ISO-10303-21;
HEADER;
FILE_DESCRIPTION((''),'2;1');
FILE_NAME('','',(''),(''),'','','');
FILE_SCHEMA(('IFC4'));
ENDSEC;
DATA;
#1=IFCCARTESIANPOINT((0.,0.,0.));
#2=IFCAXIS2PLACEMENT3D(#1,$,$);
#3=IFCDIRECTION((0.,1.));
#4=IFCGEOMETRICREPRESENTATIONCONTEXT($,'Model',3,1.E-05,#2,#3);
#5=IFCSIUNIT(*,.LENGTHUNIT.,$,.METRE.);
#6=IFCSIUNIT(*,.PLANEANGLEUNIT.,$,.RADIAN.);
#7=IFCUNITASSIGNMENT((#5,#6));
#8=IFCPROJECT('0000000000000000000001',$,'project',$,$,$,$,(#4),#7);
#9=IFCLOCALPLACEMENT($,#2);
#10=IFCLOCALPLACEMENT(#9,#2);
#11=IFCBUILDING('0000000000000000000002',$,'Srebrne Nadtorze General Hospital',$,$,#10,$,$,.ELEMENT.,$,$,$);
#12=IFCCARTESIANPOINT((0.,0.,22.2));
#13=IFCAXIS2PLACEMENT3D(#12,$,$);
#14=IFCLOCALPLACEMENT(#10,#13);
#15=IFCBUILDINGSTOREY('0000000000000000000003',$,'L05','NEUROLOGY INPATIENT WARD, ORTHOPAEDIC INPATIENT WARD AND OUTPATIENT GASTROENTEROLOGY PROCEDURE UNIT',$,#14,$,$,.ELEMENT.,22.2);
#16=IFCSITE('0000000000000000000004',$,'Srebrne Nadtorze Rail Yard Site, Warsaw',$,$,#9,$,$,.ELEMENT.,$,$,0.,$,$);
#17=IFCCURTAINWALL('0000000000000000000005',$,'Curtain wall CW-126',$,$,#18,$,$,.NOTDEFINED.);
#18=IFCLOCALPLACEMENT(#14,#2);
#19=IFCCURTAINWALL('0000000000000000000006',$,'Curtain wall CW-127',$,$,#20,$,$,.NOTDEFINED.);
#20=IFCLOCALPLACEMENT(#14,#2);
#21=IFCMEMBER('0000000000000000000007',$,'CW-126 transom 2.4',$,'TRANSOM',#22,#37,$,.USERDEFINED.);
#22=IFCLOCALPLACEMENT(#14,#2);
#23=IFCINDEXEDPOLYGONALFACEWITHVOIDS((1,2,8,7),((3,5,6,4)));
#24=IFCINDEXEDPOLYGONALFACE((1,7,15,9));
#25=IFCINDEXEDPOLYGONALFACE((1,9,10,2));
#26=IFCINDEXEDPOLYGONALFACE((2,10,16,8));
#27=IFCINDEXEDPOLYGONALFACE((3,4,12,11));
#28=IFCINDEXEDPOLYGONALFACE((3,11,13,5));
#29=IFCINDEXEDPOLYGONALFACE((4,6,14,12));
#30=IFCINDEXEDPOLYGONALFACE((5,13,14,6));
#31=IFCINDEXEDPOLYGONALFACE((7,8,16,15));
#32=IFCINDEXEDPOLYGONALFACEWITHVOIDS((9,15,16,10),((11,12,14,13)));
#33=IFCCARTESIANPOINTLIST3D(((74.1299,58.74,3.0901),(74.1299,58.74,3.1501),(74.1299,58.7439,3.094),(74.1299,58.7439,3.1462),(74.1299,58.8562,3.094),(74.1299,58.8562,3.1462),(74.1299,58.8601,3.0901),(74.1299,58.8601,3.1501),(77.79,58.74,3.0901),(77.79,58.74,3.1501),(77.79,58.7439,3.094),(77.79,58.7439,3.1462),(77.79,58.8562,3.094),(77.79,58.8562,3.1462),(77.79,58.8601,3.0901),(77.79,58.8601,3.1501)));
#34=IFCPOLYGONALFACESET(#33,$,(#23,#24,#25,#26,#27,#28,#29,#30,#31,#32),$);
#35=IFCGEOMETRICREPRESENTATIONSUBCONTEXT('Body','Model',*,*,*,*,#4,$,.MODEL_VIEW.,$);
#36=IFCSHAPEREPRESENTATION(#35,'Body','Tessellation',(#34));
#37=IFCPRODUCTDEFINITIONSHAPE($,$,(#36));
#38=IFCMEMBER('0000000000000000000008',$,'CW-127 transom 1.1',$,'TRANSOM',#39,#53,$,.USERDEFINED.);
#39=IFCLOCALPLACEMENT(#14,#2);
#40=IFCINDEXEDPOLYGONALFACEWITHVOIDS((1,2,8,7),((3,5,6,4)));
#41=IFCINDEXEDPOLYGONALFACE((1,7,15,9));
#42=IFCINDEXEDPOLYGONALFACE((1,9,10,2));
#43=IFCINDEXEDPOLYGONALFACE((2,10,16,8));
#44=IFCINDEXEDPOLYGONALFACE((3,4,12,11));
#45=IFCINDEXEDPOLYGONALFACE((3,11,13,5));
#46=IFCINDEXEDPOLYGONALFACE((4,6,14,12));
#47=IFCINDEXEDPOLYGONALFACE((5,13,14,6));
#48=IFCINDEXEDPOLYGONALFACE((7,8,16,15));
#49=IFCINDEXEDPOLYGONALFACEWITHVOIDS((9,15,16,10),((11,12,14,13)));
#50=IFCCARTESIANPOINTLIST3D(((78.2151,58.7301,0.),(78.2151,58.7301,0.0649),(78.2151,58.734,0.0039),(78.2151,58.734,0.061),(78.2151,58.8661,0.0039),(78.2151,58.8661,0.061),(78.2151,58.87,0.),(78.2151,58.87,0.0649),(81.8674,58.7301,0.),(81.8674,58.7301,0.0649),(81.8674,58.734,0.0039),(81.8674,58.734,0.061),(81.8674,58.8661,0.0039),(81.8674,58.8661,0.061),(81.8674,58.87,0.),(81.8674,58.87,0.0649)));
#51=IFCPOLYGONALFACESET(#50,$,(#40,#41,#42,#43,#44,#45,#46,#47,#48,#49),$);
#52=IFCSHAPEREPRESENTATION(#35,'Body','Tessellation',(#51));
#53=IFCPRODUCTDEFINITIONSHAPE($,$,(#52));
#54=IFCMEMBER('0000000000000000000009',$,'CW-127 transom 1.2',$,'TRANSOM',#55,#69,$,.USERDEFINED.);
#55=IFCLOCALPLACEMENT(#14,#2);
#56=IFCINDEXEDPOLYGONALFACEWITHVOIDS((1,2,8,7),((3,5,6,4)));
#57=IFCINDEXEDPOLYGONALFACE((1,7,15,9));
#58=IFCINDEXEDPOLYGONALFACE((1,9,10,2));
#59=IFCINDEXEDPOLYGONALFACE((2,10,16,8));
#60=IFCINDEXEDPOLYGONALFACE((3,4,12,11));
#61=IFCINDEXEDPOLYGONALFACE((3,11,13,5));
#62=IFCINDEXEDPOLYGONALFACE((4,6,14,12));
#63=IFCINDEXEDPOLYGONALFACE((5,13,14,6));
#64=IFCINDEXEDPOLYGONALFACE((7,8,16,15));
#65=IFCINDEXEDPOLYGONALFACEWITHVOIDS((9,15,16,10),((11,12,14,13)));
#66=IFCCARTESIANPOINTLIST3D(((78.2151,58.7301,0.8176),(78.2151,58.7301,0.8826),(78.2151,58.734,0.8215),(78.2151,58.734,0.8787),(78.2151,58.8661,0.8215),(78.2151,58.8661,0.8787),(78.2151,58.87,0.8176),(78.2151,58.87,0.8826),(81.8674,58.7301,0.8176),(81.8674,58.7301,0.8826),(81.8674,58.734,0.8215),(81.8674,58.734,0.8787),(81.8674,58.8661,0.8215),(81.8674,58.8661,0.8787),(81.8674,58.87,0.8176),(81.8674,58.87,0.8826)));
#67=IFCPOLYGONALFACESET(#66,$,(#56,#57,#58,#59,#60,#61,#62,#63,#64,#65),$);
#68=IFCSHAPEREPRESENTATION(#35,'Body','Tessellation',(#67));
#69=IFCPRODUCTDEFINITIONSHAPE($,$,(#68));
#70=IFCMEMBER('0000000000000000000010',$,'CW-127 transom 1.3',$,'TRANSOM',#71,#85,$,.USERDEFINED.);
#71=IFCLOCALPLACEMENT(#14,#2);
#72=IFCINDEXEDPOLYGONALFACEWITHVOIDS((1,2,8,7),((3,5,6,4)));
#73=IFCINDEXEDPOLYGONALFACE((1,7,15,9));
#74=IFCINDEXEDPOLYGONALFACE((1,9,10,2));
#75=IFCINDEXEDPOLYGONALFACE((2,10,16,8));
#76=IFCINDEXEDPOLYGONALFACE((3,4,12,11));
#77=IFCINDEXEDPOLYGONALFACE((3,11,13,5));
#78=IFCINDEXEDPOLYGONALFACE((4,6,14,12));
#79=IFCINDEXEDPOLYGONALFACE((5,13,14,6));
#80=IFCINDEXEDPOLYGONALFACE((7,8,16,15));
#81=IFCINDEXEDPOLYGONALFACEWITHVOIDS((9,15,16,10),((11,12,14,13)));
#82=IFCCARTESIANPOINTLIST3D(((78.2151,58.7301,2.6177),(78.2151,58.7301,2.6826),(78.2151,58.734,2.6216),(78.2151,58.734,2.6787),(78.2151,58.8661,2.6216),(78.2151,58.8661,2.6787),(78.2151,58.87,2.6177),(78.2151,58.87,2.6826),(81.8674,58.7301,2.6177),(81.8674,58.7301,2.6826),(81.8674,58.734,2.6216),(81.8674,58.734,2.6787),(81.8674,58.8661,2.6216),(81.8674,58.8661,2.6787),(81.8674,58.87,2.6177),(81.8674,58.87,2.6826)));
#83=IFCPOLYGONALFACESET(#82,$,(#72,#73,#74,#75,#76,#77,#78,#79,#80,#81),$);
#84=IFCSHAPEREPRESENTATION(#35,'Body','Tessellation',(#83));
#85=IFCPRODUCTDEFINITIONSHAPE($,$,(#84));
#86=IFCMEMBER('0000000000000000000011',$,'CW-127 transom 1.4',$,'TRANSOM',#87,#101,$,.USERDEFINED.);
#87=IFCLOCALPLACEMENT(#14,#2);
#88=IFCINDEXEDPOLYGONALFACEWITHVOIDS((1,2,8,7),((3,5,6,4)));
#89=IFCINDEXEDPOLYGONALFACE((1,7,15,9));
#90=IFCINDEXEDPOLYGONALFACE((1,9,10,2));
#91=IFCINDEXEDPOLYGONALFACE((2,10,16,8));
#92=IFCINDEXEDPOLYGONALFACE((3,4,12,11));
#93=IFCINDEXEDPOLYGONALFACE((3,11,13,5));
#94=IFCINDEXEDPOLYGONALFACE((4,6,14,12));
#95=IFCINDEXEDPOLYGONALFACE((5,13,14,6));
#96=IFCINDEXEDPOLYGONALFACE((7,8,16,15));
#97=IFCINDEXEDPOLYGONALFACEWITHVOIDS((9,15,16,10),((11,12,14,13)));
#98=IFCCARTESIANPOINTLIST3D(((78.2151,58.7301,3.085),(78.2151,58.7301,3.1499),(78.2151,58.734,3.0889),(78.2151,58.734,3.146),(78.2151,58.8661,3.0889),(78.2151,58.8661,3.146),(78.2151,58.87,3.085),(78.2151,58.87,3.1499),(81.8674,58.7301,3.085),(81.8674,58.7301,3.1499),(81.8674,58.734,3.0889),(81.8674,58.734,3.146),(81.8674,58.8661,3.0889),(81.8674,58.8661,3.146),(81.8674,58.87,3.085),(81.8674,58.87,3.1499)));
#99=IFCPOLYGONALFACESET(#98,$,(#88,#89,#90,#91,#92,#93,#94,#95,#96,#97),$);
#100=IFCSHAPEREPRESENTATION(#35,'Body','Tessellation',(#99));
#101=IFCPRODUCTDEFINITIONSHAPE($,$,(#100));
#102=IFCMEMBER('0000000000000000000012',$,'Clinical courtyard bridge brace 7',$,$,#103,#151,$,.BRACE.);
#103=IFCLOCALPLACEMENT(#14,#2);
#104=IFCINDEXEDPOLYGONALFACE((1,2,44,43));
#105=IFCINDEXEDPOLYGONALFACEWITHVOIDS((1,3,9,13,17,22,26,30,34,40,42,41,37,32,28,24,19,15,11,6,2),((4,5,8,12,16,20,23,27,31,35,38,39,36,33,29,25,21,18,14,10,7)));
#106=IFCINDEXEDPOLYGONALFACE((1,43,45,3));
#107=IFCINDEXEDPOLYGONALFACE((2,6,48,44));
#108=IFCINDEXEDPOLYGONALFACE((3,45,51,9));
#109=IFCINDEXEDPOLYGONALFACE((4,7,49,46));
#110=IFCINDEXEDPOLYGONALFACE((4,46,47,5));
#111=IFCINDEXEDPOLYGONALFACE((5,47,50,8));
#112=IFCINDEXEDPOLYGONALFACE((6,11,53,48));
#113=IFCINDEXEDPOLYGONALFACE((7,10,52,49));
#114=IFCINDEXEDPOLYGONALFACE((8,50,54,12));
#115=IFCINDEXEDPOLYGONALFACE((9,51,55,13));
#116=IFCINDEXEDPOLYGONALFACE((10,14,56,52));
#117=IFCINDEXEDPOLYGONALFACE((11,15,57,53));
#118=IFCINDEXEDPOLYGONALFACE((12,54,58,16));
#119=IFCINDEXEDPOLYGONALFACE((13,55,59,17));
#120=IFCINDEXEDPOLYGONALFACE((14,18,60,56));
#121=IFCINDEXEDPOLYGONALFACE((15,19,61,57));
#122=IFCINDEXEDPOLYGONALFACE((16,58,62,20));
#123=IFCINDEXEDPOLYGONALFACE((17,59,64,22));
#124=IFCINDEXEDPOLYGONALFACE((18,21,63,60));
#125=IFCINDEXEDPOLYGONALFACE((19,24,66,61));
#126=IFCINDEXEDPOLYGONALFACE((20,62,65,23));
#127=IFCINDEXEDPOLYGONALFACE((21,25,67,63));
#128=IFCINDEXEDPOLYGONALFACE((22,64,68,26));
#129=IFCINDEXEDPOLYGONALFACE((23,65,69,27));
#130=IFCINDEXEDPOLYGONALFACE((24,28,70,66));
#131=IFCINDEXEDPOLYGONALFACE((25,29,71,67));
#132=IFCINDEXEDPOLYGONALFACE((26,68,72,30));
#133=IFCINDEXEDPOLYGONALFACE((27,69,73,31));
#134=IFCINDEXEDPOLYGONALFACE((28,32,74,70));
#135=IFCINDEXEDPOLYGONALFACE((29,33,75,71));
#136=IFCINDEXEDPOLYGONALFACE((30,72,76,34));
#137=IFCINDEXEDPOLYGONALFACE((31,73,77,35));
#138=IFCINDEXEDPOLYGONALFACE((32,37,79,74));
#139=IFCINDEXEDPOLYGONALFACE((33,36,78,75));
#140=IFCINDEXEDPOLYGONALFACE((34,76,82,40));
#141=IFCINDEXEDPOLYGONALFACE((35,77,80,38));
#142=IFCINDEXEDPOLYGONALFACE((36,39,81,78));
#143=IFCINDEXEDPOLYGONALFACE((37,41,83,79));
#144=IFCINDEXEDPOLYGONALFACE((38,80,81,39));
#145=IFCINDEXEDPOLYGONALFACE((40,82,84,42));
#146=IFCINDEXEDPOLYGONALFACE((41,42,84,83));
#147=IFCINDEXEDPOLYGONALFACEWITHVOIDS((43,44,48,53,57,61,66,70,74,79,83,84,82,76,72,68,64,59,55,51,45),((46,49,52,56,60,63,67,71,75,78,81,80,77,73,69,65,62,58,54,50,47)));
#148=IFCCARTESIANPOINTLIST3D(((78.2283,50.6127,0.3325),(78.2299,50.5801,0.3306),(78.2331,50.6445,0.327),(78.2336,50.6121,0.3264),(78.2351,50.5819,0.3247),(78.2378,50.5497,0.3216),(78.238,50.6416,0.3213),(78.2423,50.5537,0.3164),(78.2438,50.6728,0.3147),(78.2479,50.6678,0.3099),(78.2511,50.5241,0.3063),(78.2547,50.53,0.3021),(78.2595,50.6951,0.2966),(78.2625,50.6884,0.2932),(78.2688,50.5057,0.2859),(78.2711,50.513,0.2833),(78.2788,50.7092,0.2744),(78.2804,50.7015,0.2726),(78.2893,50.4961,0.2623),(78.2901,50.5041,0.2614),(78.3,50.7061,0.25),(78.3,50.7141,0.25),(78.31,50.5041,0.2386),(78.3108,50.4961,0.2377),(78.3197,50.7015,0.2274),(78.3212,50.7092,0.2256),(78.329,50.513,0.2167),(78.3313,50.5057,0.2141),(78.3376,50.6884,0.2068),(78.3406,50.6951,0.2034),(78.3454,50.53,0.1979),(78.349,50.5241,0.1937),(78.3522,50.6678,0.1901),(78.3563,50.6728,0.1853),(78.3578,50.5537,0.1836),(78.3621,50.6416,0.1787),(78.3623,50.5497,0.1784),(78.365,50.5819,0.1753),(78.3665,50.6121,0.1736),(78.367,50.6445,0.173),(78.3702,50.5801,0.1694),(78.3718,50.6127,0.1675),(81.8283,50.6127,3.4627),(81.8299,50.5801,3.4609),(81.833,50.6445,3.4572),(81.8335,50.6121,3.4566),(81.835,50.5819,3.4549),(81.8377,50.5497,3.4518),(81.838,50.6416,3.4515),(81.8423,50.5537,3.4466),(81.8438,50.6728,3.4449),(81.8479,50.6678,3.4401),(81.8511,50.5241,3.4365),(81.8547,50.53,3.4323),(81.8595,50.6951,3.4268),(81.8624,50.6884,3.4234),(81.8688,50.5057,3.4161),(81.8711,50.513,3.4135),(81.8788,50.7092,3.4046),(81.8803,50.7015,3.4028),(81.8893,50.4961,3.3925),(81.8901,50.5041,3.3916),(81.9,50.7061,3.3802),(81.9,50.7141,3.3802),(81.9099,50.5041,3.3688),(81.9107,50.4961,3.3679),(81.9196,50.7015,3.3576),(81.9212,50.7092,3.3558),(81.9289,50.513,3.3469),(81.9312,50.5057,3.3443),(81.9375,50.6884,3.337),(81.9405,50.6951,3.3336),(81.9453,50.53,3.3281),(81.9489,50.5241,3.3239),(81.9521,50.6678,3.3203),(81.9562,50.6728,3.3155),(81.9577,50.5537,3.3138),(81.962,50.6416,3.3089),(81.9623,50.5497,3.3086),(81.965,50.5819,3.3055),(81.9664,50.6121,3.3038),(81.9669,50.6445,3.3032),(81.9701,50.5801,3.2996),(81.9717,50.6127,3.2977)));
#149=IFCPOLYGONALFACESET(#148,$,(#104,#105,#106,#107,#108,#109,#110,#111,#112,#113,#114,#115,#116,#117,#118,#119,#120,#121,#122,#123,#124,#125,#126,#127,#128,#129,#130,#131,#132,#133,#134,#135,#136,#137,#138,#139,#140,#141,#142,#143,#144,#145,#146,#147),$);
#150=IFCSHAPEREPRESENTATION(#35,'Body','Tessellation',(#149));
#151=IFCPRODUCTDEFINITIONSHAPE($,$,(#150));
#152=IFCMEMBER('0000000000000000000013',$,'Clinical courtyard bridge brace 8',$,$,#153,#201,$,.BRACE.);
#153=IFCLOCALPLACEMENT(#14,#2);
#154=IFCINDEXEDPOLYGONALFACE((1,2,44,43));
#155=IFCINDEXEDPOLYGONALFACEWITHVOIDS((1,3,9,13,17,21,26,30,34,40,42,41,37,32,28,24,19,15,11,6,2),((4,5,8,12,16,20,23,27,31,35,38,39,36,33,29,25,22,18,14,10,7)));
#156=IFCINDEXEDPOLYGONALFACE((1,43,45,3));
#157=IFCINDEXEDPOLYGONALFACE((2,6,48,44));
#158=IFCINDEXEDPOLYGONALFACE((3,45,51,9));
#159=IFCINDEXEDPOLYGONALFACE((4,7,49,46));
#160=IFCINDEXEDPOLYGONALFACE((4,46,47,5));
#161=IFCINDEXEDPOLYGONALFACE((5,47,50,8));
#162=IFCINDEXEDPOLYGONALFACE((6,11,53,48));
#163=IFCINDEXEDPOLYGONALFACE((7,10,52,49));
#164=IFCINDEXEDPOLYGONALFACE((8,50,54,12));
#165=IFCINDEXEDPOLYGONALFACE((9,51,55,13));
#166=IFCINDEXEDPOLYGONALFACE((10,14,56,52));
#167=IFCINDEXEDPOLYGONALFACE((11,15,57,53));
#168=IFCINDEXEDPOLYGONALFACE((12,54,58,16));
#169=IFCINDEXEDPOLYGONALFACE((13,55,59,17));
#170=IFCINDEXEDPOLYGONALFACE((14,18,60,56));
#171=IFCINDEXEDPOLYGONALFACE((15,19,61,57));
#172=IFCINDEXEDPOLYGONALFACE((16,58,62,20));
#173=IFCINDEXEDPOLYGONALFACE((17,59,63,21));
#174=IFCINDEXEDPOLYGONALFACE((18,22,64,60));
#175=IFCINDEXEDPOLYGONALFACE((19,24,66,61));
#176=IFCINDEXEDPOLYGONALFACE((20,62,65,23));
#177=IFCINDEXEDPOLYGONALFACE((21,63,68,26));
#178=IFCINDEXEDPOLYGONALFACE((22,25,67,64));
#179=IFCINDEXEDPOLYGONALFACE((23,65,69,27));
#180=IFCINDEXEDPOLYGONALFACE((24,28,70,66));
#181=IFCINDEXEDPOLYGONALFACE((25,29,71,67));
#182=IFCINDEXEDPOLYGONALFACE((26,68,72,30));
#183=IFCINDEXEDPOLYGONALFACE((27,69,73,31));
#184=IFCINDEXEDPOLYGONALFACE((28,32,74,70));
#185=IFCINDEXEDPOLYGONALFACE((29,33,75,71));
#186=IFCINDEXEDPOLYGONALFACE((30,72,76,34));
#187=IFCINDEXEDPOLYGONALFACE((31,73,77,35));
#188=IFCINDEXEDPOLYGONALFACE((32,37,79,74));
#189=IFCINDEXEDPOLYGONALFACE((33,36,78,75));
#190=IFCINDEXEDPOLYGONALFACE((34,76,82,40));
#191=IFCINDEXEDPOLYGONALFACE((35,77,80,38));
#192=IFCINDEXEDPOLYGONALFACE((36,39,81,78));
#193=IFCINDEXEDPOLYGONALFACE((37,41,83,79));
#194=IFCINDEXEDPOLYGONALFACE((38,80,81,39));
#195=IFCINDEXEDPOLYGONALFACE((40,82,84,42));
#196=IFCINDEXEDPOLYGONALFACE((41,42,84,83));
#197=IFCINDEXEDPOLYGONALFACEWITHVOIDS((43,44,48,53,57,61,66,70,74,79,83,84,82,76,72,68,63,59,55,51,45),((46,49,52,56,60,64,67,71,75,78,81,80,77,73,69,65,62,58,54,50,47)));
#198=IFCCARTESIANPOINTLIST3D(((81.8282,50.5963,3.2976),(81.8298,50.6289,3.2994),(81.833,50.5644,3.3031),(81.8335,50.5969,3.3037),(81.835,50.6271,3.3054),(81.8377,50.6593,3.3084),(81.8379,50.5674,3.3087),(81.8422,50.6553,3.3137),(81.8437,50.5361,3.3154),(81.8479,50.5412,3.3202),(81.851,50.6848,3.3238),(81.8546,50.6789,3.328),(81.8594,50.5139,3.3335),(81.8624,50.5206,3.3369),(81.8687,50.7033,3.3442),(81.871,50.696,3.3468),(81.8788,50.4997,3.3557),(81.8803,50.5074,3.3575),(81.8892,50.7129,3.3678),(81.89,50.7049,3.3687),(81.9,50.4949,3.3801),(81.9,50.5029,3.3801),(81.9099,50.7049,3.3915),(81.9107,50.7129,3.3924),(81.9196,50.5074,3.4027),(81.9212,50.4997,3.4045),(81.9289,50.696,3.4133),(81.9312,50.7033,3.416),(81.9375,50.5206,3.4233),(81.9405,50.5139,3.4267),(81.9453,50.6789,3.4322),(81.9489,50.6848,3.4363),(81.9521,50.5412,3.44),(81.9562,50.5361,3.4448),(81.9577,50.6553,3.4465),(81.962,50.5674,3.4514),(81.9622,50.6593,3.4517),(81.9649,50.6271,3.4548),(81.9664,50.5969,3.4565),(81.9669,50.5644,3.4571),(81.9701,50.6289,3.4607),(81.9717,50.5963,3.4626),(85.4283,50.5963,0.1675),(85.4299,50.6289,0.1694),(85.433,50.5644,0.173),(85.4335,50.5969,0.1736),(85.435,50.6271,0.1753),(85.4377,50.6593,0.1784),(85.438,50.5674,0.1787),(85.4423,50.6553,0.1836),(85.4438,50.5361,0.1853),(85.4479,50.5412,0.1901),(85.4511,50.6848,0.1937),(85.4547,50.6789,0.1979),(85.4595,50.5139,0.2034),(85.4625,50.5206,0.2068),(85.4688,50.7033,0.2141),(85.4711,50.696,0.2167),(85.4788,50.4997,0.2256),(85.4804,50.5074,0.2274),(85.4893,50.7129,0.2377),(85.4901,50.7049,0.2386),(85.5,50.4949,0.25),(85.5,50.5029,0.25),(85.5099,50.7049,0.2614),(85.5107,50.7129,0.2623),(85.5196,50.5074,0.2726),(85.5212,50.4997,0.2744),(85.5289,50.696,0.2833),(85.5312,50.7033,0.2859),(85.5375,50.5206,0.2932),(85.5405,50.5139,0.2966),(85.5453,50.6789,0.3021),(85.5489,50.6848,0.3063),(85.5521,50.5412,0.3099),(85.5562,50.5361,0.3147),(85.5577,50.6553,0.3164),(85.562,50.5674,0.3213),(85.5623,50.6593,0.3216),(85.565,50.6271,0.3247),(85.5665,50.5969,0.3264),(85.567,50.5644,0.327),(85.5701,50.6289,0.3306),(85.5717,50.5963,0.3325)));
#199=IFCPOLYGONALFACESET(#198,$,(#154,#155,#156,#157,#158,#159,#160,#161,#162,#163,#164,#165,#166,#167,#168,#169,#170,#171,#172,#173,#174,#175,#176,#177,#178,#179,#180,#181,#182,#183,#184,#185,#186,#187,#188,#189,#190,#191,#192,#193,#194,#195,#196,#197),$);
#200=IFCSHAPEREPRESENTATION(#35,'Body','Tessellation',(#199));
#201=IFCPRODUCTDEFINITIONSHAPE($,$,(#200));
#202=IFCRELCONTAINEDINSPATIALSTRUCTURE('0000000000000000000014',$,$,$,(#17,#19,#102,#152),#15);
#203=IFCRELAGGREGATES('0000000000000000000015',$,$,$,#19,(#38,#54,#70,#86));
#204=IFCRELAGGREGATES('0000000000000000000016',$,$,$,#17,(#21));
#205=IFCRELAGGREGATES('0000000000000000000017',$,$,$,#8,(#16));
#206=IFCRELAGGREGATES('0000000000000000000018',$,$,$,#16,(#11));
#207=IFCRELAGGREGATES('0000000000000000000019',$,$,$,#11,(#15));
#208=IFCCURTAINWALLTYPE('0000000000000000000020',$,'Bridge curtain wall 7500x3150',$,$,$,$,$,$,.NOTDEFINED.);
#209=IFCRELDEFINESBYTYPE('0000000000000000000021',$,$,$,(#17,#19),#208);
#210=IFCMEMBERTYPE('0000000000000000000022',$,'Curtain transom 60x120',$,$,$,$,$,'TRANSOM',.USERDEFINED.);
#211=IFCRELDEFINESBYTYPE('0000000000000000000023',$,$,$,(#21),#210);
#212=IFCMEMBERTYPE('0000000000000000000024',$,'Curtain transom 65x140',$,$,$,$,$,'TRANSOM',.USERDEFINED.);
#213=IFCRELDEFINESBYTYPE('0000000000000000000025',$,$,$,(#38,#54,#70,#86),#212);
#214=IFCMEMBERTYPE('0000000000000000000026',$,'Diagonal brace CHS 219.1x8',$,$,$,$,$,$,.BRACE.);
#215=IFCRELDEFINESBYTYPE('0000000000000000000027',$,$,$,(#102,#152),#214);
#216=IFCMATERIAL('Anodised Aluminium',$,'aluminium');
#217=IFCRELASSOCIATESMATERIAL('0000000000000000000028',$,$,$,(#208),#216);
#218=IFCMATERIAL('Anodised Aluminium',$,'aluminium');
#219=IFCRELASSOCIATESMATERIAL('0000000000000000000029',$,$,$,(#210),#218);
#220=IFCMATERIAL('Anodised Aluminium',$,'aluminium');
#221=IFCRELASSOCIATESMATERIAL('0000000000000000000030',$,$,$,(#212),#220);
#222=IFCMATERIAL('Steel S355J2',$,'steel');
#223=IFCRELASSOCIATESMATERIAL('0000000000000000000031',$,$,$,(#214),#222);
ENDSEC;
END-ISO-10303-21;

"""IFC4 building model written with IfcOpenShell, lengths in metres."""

from ifc_helpers import new_model, si_unit, direction, frame, origin, origin_2d, place, context, subcontext, project, spatial, hollow_rectangle, hollow_circle, extrude, material, material_profile, profile_set, type_object, element, aggregate, save


model = new_model("IFC4")

# Units and contexts
model_context = context("Model", 3, precision=1e-05, world=origin(), true_north=direction((0.0, 1.0)))
body_context = subcontext(model_context, "Body", "Model", "MODEL_VIEW")
ifc_project = project(units=[si_unit("LENGTHUNIT", "METRE"), si_unit("PLANEANGLEUNIT", "RADIAN")], contexts=[model_context])

# Site, building, storey
site_placement = place(None, origin())
site = spatial("IfcSite", under=ifc_project, at=site_placement, Name="Srebrne Nadtorze Rail Yard Site, Warsaw", CompositionType="ELEMENT", RefElevation=0.0)
building_placement = place(site_placement, origin())
building = spatial("IfcBuilding", under=site, at=building_placement, Name="Srebrne Nadtorze General Hospital", CompositionType="ELEMENT")
storey_placement = place(building_placement, frame((0.0, 0.0, 22.2)))
storey = spatial("IfcBuildingStorey", under=building, at=storey_placement, Name="L05", Description="NEUROLOGY INPATIENT WARD, ORTHOPAEDIC INPATIENT WARD AND OUTPATIENT GASTROENTEROLOGY PROCEDURE UNIT", CompositionType="ELEMENT", Elevation=22.2)

# Curtain walls
ifc_material_1 = material(Name="Anodised Aluminium", Category="aluminium")
curtain_wall_type = type_object("IfcCurtainWallType", Name="Bridge curtain wall 7500x3150", PredefinedType="NOTDEFINED", material=ifc_material_1)
curtain_wall_1_placement = place(storey_placement, origin())
curtain_wall_1 = element("IfcCurtainWall", 1, at=curtain_wall_1_placement, inside=storey, type_object=curtain_wall_type, Name="Curtain wall CW-126", PredefinedType="NOTDEFINED")
curtain_wall_2_placement = place(storey_placement, origin())
curtain_wall_2 = element("IfcCurtainWall", 2, at=curtain_wall_2_placement, inside=storey, type_object=curtain_wall_type, Name="Curtain wall CW-127", PredefinedType="NOTDEFINED")

# Members
ifc_material_2 = material(Name="Anodised Aluminium", Category="aluminium")
ifc_material_profile_1 = material_profile(ifc_material_2, hollow_rectangle(XDim=0.0601, YDim=0.1201, WallThickness=0.0039, at=origin_2d()), Name="AL-TRN-60x120")
ifc_profile_set_1 = profile_set([ifc_material_profile_1], Name="Anodised Aluminium")
member_type_1 = type_object("IfcMemberType", Name="Curtain transom 60x120", ElementType="TRANSOM", PredefinedType="USERDEFINED", material=ifc_profile_set_1)
member_1_placement = place(storey_placement, frame((74.1299, 58.8, 3.1201), z_axis=(1.0, 0.0, 0.0), x_axis=(0.0, 0.0, 1.0)))
member_1 = element("IfcMember", 3, at=member_1_placement, type_object=member_type_1, Name="CW-126 transom 2.4", ObjectType="TRANSOM", PredefinedType="USERDEFINED", context=body_context, shape_type="SweptSolid", body=[
    extrude(hollow_rectangle(XDim=0.0601, YDim=0.1201, WallThickness=0.0039, at=origin_2d()), origin(), (0.0, 0.0, 1.0), 3.6602),
])
ifc_material_3 = material(Name="Anodised Aluminium", Category="aluminium")
ifc_material_profile_2 = material_profile(ifc_material_3, hollow_rectangle(XDim=0.0649, YDim=0.1399, WallThickness=0.0039, at=origin_2d()), Name="AL-TRN-65x140")
ifc_profile_set_2 = profile_set([ifc_material_profile_2], Name="Anodised Aluminium")
member_type_2 = type_object("IfcMemberType", Name="Curtain transom 65x140", ElementType="TRANSOM", PredefinedType="USERDEFINED", material=ifc_profile_set_2)
member_2_placement = place(storey_placement, frame((78.2151, 58.8, 0.0325), z_axis=(1.0, 0.0, 0.0), x_axis=(0.0, 0.0, 1.0)))
member_2 = element("IfcMember", 4, at=member_2_placement, type_object=member_type_2, Name="CW-127 transom 1.1", ObjectType="TRANSOM", PredefinedType="USERDEFINED", context=body_context, shape_type="SweptSolid", body=[
    extrude(hollow_rectangle(XDim=0.0649, YDim=0.1399, WallThickness=0.0039, at=origin_2d()), origin(), (0.0, 0.0, 1.0), 3.6523),
])
member_3_placement = place(storey_placement, frame((78.2151, 58.8, 0.8501), z_axis=(1.0, 0.0, 0.0), x_axis=(0.0, 0.0, 1.0)))
member_3 = element("IfcMember", 5, at=member_3_placement, type_object=member_type_2, Name="CW-127 transom 1.2", ObjectType="TRANSOM", PredefinedType="USERDEFINED", context=body_context, shape_type="SweptSolid", body=[
    extrude(hollow_rectangle(XDim=0.0649, YDim=0.1399, WallThickness=0.0039, at=origin_2d()), origin(), (0.0, 0.0, 1.0), 3.6523),
])
member_4_placement = place(storey_placement, frame((78.2151, 58.8, 2.6501), z_axis=(1.0, 0.0, 0.0), x_axis=(0.0, 0.0, 1.0)))
member_4 = element("IfcMember", 6, at=member_4_placement, type_object=member_type_2, Name="CW-127 transom 1.3", ObjectType="TRANSOM", PredefinedType="USERDEFINED", context=body_context, shape_type="SweptSolid", body=[
    extrude(hollow_rectangle(XDim=0.0649, YDim=0.1399, WallThickness=0.0039, at=origin_2d()), origin(), (0.0, 0.0, 1.0), 3.6523),
])
member_5_placement = place(storey_placement, frame((78.2151, 58.8, 3.1174), z_axis=(1.0, 0.0, 0.0), x_axis=(0.0, 0.0, 1.0)))
member_5 = element("IfcMember", 7, at=member_5_placement, type_object=member_type_2, Name="CW-127 transom 1.4", ObjectType="TRANSOM", PredefinedType="USERDEFINED", context=body_context, shape_type="SweptSolid", body=[
    extrude(hollow_rectangle(XDim=0.0649, YDim=0.1399, WallThickness=0.0039, at=origin_2d()), origin(), (0.0, 0.0, 1.0), 3.6523),
])
aggregate(curtain_wall_2, [member_2, member_3, member_4, member_5])

# Members
ifc_material_4 = material(Name="Steel S355J2", Category="steel")
ifc_material_profile_3 = material_profile(ifc_material_4, hollow_circle(Radius=0.1096, WallThickness=0.0081, at=origin_2d()), Name="CHS-219.1x8")
ifc_profile_set_3 = profile_set([ifc_material_profile_3], Name="Steel S355J2")
member_type_3 = type_object("IfcMemberType", Name="Diagonal brace CHS 219.1x8", PredefinedType="BRACE", material=ifc_profile_set_3)
for number, where, z_axis, x_axis, name in (
    (8, (78.3, 50.6045, 0.25), (0.754624, 0.0, 0.656157), (0.0, 1.0, 0.0), "Clinical courtyard bridge brace 7"),
    (9, (85.5, 50.6045, 0.25), (-0.754646, 0.0, 0.656132), (0.0, -1.0, 0.0), "Clinical courtyard bridge brace 8"),
):
    element("IfcMember", number, at=place(storey_placement, frame(where, z_axis=z_axis, x_axis=x_axis)), inside=storey, type_object=member_type_3, Name=name, PredefinedType="BRACE", context=body_context, shape_type="SweptSolid", body=[
        extrude(hollow_circle(Radius=0.1096, WallThickness=0.0081, at=origin_2d()), origin(), (0.0, 0.0, 1.0), 4.7705),
    ])

aggregate(curtain_wall_1, [member_1])

save(model, "model.ifc")
